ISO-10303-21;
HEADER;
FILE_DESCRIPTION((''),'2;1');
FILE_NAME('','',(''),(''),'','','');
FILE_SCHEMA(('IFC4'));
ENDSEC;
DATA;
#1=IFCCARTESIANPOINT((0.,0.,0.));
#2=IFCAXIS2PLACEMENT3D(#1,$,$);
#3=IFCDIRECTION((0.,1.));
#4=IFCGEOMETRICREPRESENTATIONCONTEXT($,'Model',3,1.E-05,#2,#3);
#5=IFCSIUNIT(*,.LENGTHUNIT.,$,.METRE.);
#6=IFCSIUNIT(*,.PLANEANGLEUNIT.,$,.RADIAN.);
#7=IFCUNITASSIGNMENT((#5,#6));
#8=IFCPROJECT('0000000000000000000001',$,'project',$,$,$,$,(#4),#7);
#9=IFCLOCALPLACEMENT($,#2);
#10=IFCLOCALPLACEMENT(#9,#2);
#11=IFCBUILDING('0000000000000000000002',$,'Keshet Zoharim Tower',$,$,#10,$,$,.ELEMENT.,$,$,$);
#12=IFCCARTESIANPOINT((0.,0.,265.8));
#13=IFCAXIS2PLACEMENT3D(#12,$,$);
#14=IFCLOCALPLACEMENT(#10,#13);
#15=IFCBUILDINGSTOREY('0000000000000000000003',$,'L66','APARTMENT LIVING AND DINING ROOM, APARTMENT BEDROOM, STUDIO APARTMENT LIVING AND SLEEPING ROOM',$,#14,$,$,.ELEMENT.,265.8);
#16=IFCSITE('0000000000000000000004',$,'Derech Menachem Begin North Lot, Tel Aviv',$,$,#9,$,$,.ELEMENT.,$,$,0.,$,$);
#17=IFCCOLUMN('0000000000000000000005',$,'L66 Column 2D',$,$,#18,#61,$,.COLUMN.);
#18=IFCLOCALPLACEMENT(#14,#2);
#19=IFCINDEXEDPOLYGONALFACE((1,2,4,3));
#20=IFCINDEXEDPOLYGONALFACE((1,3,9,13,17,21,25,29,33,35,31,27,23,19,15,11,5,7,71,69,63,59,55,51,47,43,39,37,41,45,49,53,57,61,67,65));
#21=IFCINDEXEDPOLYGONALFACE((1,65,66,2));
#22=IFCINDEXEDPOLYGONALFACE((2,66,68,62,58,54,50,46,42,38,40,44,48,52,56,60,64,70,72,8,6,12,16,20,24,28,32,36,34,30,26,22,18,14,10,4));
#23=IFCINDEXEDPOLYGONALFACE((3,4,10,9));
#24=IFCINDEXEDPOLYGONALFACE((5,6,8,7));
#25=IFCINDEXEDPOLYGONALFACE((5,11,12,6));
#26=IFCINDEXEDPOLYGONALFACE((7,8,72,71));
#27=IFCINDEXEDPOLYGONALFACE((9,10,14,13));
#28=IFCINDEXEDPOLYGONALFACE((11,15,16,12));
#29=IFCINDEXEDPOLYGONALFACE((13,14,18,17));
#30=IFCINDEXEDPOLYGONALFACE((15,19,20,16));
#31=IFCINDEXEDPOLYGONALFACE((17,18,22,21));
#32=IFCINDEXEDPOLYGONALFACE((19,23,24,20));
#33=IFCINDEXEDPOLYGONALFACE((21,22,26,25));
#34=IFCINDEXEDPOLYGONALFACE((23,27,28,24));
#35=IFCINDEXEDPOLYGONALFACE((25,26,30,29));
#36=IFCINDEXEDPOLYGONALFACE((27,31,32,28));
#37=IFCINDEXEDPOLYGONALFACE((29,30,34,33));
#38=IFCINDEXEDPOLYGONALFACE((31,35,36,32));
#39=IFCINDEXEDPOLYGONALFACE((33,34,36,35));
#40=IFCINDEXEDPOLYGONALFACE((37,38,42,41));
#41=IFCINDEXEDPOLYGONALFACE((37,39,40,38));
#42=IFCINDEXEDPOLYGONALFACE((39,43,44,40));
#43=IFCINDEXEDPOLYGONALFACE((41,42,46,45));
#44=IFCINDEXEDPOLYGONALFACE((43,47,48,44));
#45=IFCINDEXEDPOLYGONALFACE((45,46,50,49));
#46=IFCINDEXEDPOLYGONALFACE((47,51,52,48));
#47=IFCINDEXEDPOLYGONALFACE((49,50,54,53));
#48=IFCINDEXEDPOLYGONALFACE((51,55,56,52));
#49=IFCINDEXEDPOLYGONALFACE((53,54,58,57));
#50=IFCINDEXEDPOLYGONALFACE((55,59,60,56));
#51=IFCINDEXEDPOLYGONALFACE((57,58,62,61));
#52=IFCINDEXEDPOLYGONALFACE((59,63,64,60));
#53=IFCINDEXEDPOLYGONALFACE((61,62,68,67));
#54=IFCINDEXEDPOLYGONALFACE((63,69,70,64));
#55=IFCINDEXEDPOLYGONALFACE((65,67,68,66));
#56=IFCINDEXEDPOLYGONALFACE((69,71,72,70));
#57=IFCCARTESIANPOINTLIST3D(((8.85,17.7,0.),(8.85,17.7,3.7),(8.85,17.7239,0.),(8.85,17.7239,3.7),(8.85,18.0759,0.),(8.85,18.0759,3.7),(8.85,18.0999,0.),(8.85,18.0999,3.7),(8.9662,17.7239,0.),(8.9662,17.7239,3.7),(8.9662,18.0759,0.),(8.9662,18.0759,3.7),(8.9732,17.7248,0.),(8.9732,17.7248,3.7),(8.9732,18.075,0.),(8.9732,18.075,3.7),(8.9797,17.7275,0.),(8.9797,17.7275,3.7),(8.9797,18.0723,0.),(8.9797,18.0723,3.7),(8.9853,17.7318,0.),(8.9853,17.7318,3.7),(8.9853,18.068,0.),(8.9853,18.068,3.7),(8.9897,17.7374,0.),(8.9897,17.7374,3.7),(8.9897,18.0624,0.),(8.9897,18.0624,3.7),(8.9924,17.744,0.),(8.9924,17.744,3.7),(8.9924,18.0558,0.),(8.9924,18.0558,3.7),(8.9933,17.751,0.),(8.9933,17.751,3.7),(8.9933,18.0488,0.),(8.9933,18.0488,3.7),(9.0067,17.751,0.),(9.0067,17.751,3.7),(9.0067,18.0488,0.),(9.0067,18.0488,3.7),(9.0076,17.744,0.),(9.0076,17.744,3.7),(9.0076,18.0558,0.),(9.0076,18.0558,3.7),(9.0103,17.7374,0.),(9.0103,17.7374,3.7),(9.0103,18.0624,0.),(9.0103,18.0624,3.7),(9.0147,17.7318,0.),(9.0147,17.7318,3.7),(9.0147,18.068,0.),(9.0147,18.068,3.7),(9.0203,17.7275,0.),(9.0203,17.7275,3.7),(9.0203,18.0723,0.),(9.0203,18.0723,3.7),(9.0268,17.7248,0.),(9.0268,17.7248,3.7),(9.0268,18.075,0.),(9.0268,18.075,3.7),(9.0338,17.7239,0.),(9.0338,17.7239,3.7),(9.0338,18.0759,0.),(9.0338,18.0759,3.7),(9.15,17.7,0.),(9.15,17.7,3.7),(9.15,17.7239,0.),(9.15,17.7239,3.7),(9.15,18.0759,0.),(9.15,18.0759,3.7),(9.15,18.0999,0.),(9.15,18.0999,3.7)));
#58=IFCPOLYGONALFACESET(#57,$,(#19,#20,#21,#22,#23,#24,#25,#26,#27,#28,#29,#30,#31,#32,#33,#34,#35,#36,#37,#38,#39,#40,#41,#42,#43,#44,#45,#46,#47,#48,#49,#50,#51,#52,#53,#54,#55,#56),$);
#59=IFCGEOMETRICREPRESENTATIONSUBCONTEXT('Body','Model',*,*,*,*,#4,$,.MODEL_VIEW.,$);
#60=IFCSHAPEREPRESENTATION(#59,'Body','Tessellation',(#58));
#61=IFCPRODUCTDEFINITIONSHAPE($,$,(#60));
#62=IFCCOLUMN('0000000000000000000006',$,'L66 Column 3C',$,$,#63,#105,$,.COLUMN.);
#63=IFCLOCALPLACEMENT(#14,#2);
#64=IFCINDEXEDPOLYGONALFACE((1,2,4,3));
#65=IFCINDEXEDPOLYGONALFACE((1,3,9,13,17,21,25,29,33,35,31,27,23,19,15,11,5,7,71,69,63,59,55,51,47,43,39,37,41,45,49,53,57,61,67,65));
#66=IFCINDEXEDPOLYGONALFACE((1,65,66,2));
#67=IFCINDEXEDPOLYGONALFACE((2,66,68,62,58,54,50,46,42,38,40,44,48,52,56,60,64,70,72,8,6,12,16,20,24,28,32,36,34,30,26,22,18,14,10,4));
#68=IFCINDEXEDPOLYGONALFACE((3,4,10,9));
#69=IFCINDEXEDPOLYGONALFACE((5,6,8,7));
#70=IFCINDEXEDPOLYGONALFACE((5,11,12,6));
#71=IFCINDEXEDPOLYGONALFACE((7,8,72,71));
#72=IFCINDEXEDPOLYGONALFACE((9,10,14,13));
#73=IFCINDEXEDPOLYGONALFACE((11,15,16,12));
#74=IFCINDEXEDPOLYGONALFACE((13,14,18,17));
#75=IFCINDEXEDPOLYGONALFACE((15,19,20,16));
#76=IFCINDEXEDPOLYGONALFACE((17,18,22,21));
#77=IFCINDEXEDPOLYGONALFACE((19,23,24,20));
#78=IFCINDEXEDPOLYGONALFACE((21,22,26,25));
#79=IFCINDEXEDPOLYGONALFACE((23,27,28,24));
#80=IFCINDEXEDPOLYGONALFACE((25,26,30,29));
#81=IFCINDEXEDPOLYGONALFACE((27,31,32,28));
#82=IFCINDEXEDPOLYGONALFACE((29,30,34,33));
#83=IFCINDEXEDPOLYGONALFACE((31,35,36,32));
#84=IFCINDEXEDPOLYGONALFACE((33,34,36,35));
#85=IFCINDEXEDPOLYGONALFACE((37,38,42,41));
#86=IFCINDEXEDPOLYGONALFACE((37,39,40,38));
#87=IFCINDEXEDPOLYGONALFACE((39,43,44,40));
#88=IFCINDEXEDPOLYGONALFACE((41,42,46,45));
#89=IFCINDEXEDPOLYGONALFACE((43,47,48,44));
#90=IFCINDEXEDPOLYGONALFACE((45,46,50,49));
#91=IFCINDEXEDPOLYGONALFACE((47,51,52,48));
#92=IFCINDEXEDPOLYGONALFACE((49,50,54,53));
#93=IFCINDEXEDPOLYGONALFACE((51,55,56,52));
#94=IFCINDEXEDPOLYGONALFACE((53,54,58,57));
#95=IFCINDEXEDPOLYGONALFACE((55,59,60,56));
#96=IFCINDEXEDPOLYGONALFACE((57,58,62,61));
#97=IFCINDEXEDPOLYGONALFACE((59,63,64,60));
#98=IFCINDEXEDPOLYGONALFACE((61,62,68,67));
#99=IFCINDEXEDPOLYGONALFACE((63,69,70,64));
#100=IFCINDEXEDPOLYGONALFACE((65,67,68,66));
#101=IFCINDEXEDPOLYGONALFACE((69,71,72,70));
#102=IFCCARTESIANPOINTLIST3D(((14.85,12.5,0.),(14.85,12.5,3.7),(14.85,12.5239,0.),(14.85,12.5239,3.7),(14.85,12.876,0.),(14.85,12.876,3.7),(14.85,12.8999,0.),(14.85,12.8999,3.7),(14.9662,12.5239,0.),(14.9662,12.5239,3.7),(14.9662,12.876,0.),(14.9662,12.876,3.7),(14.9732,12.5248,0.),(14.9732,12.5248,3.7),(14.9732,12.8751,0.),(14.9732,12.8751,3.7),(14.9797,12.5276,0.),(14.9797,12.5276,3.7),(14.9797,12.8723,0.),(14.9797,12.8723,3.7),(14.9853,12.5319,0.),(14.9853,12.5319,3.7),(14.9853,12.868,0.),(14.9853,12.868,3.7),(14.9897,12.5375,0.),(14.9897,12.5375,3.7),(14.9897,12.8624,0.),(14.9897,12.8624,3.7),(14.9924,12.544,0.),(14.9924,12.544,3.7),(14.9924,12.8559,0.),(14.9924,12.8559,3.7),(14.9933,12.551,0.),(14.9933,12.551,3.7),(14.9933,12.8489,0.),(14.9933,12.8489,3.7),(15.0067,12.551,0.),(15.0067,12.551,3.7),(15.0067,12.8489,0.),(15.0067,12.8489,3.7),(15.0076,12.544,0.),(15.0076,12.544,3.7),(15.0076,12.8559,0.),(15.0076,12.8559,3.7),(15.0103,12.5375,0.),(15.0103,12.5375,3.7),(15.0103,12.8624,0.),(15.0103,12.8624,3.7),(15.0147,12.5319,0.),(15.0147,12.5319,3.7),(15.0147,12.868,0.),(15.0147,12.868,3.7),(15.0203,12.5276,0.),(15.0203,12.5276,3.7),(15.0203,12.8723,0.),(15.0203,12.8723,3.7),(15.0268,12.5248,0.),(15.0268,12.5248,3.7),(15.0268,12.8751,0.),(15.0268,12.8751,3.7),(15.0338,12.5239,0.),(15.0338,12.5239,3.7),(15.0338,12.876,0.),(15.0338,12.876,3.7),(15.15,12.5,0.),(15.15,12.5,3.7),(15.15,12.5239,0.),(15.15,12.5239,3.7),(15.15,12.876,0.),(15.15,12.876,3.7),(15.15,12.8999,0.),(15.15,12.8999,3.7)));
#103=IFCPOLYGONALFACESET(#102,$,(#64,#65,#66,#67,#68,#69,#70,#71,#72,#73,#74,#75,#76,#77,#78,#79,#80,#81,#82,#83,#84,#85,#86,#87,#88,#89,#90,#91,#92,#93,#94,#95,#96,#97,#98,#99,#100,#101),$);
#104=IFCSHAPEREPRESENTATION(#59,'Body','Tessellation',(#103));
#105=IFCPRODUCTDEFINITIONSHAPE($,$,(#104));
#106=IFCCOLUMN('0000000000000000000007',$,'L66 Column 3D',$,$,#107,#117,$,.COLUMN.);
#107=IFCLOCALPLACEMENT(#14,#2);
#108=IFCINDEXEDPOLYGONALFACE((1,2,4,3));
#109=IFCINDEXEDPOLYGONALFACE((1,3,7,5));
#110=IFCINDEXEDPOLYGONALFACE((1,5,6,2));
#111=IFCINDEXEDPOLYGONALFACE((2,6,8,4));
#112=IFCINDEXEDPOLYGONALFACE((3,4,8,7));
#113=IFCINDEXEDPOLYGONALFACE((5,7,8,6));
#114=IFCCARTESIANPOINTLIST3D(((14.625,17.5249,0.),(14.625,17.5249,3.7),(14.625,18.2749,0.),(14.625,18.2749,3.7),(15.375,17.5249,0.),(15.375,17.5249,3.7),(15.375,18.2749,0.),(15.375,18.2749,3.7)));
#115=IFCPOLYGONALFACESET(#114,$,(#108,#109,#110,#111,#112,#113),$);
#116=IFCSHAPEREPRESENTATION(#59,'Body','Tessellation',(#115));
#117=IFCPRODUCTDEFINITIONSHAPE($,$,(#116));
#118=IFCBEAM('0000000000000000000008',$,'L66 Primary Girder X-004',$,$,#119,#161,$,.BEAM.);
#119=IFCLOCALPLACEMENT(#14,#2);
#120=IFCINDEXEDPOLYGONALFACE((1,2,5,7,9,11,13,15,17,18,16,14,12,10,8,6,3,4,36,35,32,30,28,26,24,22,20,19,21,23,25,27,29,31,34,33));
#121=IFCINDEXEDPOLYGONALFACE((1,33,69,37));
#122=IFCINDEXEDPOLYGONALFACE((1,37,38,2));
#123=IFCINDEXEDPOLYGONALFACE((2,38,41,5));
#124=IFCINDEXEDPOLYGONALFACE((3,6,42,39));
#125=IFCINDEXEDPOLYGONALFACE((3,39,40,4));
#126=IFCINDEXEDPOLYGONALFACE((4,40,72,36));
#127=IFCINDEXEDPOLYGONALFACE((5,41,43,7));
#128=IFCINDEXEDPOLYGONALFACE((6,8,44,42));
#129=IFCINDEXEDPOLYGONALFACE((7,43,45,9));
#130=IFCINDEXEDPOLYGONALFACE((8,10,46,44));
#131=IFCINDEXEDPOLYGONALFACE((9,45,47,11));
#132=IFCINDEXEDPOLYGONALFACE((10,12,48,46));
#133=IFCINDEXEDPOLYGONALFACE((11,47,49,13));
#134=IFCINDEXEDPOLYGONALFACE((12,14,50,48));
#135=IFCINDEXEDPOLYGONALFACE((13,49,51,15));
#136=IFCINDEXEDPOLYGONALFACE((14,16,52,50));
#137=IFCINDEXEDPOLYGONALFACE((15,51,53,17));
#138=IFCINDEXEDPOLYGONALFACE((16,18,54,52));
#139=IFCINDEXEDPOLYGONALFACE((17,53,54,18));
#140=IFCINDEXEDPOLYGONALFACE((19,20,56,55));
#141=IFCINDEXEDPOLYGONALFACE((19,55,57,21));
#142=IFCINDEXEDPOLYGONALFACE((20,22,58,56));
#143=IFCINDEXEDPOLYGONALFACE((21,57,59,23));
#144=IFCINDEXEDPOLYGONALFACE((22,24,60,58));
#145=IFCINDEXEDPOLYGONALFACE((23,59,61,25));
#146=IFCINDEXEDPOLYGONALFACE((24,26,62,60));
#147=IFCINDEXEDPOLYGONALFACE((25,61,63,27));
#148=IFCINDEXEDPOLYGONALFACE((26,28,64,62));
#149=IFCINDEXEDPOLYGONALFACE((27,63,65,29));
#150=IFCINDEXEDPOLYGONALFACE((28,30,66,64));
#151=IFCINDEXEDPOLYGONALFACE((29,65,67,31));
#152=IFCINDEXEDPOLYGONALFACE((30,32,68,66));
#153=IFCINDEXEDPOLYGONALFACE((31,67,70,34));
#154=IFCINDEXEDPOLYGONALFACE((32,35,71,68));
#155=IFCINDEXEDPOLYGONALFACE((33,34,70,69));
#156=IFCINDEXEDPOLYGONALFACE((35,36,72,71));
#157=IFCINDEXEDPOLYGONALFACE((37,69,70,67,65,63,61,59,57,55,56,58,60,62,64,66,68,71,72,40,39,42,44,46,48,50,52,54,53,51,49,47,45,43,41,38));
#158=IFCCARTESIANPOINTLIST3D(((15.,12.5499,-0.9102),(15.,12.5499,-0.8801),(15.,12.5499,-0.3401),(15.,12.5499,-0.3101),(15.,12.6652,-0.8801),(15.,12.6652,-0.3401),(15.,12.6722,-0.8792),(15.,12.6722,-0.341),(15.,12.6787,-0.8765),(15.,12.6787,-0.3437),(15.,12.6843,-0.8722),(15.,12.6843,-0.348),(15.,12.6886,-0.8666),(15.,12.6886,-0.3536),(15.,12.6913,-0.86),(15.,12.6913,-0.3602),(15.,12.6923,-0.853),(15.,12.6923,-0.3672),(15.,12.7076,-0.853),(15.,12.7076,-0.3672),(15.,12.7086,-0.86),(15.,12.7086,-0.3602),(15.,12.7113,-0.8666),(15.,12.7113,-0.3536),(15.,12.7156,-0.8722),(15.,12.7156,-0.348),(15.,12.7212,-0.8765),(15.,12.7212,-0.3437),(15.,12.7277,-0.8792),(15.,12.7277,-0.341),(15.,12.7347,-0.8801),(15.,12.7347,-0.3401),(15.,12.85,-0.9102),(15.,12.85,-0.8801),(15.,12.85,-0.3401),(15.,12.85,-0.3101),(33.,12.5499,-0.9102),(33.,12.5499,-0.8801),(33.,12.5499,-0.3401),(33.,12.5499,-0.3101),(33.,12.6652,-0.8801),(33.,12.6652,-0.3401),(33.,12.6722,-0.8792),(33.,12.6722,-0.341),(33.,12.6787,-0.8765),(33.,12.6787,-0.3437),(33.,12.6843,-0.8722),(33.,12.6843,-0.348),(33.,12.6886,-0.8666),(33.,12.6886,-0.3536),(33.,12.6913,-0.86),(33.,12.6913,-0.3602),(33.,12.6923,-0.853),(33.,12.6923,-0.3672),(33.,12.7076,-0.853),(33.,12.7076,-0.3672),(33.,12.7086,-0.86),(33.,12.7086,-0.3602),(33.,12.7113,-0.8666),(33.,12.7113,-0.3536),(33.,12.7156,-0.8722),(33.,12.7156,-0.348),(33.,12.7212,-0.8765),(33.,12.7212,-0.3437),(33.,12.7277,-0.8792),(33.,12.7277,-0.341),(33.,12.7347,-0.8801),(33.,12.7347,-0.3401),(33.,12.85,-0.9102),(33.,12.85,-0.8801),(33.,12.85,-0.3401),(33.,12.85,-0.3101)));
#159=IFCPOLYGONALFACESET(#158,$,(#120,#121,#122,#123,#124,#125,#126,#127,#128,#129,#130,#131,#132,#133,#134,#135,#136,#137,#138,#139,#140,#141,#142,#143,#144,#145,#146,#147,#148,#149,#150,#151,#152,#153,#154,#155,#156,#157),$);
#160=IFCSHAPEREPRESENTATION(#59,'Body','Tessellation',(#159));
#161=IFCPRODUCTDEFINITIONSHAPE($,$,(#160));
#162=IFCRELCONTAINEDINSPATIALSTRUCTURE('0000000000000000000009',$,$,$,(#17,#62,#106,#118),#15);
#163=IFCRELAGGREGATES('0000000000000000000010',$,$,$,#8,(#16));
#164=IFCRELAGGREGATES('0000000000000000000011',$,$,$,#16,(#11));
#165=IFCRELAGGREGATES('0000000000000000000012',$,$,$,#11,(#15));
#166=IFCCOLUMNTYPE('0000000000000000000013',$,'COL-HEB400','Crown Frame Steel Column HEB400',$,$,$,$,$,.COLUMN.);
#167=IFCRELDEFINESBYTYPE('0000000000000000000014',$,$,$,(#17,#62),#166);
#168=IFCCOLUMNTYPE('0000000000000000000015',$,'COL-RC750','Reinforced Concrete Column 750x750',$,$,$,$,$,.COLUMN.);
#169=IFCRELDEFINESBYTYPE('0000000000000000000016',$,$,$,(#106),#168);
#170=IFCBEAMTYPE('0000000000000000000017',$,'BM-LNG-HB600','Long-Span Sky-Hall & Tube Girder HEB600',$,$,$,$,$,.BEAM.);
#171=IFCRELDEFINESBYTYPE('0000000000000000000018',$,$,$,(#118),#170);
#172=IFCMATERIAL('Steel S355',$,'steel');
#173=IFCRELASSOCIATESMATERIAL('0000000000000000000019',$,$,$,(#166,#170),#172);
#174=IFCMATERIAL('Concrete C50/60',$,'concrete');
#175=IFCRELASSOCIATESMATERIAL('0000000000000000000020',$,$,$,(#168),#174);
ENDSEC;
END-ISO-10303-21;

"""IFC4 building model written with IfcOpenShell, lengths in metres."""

from ifc_helpers import new_model, si_unit, direction, frame, origin, origin_2d, place, context, subcontext, project, spatial, rectangle, i_section, extrude, material, material_profile, profile_set, type_object, element, save


model = new_model("IFC4")

# Units and contexts
model_context = context("Model", 3, precision=1e-05, world=origin(), true_north=direction((0.0, 1.0)))
body_context = subcontext(model_context, "Body", "Model", "MODEL_VIEW")
ifc_project = project(units=[si_unit("LENGTHUNIT", "METRE"), si_unit("PLANEANGLEUNIT", "RADIAN")], contexts=[model_context])

# Site, building, storey
site_placement = place(None, origin())
site = spatial("IfcSite", under=ifc_project, at=site_placement, Name="Derech Menachem Begin North Lot, Tel Aviv", CompositionType="ELEMENT", RefElevation=0.0)
building_placement = place(site_placement, origin())
building = spatial("IfcBuilding", under=site, at=building_placement, Name="Keshet Zoharim Tower", CompositionType="ELEMENT")
storey_placement = place(building_placement, frame((0.0, 0.0, 265.8)))
storey = spatial("IfcBuildingStorey", under=building, at=storey_placement, Name="L66", Description="APARTMENT LIVING AND DINING ROOM, APARTMENT BEDROOM, STUDIO APARTMENT LIVING AND SLEEPING ROOM", CompositionType="ELEMENT", Elevation=265.8)

# Columns
ifc_material_1 = material(Name="Steel S355", Category="steel")
ifc_material_profile_1 = material_profile(ifc_material_1, i_section(OverallWidth=0.3, OverallDepth=0.3999, WebThickness=0.0134, FlangeThickness=0.0239, FilletRadius=0.0271, at=origin_2d()), Name="HEB400")
ifc_profile_set_1 = profile_set([ifc_material_profile_1], Name="Steel S355")
column_type_1 = type_object("IfcColumnType", Name="COL-HEB400", Description="Crown Frame Steel Column HEB400", PredefinedType="COLUMN", material=ifc_profile_set_1)
for number, where, z_axis, x_axis, name in (
    (1, (9.0, 17.8999, 0.0), (0.0, 0.0, 1.0), (1.0, 0.0, 0.0), "L66 Column 2D"),
    (2, (15.0, 12.7, 0.0), (0.0, 0.0, 1.0), (1.0, 0.0, 0.0), "L66 Column 3C"),
):
    element("IfcColumn", number, at=place(storey_placement, frame(where, z_axis=z_axis, x_axis=x_axis)), inside=storey, type_object=column_type_1, Name=name, PredefinedType="COLUMN", context=body_context, shape_type="SweptSolid", body=[
        extrude(i_section(OverallWidth=0.3, OverallDepth=0.3999, WebThickness=0.0134, FlangeThickness=0.0239, FilletRadius=0.0271, at=origin_2d()), origin(), (0.0, 0.0, 1.0), 3.7),
    ])
ifc_material_2 = material(Name="Concrete C50/60", Category="concrete")
ifc_material_profile_2 = material_profile(ifc_material_2, rectangle(XDim=0.75, YDim=0.75, at=origin_2d()), Name="RC750x750")
ifc_profile_set_2 = profile_set([ifc_material_profile_2], Name="Concrete C50/60")
column_type_2 = type_object("IfcColumnType", Name="COL-RC750", Description="Reinforced Concrete Column 750x750", PredefinedType="COLUMN", material=ifc_profile_set_2)
column_placement = place(storey_placement, frame((15.0, 17.8999, 0.0), z_axis=(0.0, 0.0, 1.0), x_axis=(1.0, 0.0, 0.0)))
element("IfcColumn", 3, at=column_placement, inside=storey, type_object=column_type_2, Name="L66 Column 3D", PredefinedType="COLUMN", context=body_context, shape_type="SweptSolid", body=[
    extrude(rectangle(XDim=0.75, YDim=0.75, at=origin_2d()), origin(), (0.0, 0.0, 1.0), 3.7),
])

# Beam
ifc_material_profile_3 = material_profile(ifc_material_1, i_section(OverallWidth=0.3, OverallDepth=0.6001, WebThickness=0.0154, FlangeThickness=0.03, FilletRadius=0.0271, at=origin_2d()), Name="HEB600")
ifc_profile_set_3 = profile_set([ifc_material_profile_3], Name="Steel S355")
beam_type_1 = type_object("IfcBeamType", Name="BM-LNG-HB600", Description="Long-Span Sky-Hall & Tube Girder HEB600", PredefinedType="BEAM", material=ifc_profile_set_3)
for number, where, z_axis, x_axis, name in (
    (4, (15.0, 12.7, -0.6101), (1.0, 0.0, 0.0), (0.0, 1.0, 0.0), "L66 Primary Girder X-004"),
):
    element("IfcBeam", number, at=place(storey_placement, frame(where, z_axis=z_axis, x_axis=x_axis)), inside=storey, type_object=beam_type_1, Name=name, PredefinedType="BEAM", context=body_context, shape_type="SweptSolid", body=[
        extrude(i_section(OverallWidth=0.3, OverallDepth=0.6001, WebThickness=0.0154, FlangeThickness=0.03, FilletRadius=0.0271, at=origin_2d()), origin(), (0.0, 0.0, 1.0), 18.0),
    ])

save(model, "model.ifc")
